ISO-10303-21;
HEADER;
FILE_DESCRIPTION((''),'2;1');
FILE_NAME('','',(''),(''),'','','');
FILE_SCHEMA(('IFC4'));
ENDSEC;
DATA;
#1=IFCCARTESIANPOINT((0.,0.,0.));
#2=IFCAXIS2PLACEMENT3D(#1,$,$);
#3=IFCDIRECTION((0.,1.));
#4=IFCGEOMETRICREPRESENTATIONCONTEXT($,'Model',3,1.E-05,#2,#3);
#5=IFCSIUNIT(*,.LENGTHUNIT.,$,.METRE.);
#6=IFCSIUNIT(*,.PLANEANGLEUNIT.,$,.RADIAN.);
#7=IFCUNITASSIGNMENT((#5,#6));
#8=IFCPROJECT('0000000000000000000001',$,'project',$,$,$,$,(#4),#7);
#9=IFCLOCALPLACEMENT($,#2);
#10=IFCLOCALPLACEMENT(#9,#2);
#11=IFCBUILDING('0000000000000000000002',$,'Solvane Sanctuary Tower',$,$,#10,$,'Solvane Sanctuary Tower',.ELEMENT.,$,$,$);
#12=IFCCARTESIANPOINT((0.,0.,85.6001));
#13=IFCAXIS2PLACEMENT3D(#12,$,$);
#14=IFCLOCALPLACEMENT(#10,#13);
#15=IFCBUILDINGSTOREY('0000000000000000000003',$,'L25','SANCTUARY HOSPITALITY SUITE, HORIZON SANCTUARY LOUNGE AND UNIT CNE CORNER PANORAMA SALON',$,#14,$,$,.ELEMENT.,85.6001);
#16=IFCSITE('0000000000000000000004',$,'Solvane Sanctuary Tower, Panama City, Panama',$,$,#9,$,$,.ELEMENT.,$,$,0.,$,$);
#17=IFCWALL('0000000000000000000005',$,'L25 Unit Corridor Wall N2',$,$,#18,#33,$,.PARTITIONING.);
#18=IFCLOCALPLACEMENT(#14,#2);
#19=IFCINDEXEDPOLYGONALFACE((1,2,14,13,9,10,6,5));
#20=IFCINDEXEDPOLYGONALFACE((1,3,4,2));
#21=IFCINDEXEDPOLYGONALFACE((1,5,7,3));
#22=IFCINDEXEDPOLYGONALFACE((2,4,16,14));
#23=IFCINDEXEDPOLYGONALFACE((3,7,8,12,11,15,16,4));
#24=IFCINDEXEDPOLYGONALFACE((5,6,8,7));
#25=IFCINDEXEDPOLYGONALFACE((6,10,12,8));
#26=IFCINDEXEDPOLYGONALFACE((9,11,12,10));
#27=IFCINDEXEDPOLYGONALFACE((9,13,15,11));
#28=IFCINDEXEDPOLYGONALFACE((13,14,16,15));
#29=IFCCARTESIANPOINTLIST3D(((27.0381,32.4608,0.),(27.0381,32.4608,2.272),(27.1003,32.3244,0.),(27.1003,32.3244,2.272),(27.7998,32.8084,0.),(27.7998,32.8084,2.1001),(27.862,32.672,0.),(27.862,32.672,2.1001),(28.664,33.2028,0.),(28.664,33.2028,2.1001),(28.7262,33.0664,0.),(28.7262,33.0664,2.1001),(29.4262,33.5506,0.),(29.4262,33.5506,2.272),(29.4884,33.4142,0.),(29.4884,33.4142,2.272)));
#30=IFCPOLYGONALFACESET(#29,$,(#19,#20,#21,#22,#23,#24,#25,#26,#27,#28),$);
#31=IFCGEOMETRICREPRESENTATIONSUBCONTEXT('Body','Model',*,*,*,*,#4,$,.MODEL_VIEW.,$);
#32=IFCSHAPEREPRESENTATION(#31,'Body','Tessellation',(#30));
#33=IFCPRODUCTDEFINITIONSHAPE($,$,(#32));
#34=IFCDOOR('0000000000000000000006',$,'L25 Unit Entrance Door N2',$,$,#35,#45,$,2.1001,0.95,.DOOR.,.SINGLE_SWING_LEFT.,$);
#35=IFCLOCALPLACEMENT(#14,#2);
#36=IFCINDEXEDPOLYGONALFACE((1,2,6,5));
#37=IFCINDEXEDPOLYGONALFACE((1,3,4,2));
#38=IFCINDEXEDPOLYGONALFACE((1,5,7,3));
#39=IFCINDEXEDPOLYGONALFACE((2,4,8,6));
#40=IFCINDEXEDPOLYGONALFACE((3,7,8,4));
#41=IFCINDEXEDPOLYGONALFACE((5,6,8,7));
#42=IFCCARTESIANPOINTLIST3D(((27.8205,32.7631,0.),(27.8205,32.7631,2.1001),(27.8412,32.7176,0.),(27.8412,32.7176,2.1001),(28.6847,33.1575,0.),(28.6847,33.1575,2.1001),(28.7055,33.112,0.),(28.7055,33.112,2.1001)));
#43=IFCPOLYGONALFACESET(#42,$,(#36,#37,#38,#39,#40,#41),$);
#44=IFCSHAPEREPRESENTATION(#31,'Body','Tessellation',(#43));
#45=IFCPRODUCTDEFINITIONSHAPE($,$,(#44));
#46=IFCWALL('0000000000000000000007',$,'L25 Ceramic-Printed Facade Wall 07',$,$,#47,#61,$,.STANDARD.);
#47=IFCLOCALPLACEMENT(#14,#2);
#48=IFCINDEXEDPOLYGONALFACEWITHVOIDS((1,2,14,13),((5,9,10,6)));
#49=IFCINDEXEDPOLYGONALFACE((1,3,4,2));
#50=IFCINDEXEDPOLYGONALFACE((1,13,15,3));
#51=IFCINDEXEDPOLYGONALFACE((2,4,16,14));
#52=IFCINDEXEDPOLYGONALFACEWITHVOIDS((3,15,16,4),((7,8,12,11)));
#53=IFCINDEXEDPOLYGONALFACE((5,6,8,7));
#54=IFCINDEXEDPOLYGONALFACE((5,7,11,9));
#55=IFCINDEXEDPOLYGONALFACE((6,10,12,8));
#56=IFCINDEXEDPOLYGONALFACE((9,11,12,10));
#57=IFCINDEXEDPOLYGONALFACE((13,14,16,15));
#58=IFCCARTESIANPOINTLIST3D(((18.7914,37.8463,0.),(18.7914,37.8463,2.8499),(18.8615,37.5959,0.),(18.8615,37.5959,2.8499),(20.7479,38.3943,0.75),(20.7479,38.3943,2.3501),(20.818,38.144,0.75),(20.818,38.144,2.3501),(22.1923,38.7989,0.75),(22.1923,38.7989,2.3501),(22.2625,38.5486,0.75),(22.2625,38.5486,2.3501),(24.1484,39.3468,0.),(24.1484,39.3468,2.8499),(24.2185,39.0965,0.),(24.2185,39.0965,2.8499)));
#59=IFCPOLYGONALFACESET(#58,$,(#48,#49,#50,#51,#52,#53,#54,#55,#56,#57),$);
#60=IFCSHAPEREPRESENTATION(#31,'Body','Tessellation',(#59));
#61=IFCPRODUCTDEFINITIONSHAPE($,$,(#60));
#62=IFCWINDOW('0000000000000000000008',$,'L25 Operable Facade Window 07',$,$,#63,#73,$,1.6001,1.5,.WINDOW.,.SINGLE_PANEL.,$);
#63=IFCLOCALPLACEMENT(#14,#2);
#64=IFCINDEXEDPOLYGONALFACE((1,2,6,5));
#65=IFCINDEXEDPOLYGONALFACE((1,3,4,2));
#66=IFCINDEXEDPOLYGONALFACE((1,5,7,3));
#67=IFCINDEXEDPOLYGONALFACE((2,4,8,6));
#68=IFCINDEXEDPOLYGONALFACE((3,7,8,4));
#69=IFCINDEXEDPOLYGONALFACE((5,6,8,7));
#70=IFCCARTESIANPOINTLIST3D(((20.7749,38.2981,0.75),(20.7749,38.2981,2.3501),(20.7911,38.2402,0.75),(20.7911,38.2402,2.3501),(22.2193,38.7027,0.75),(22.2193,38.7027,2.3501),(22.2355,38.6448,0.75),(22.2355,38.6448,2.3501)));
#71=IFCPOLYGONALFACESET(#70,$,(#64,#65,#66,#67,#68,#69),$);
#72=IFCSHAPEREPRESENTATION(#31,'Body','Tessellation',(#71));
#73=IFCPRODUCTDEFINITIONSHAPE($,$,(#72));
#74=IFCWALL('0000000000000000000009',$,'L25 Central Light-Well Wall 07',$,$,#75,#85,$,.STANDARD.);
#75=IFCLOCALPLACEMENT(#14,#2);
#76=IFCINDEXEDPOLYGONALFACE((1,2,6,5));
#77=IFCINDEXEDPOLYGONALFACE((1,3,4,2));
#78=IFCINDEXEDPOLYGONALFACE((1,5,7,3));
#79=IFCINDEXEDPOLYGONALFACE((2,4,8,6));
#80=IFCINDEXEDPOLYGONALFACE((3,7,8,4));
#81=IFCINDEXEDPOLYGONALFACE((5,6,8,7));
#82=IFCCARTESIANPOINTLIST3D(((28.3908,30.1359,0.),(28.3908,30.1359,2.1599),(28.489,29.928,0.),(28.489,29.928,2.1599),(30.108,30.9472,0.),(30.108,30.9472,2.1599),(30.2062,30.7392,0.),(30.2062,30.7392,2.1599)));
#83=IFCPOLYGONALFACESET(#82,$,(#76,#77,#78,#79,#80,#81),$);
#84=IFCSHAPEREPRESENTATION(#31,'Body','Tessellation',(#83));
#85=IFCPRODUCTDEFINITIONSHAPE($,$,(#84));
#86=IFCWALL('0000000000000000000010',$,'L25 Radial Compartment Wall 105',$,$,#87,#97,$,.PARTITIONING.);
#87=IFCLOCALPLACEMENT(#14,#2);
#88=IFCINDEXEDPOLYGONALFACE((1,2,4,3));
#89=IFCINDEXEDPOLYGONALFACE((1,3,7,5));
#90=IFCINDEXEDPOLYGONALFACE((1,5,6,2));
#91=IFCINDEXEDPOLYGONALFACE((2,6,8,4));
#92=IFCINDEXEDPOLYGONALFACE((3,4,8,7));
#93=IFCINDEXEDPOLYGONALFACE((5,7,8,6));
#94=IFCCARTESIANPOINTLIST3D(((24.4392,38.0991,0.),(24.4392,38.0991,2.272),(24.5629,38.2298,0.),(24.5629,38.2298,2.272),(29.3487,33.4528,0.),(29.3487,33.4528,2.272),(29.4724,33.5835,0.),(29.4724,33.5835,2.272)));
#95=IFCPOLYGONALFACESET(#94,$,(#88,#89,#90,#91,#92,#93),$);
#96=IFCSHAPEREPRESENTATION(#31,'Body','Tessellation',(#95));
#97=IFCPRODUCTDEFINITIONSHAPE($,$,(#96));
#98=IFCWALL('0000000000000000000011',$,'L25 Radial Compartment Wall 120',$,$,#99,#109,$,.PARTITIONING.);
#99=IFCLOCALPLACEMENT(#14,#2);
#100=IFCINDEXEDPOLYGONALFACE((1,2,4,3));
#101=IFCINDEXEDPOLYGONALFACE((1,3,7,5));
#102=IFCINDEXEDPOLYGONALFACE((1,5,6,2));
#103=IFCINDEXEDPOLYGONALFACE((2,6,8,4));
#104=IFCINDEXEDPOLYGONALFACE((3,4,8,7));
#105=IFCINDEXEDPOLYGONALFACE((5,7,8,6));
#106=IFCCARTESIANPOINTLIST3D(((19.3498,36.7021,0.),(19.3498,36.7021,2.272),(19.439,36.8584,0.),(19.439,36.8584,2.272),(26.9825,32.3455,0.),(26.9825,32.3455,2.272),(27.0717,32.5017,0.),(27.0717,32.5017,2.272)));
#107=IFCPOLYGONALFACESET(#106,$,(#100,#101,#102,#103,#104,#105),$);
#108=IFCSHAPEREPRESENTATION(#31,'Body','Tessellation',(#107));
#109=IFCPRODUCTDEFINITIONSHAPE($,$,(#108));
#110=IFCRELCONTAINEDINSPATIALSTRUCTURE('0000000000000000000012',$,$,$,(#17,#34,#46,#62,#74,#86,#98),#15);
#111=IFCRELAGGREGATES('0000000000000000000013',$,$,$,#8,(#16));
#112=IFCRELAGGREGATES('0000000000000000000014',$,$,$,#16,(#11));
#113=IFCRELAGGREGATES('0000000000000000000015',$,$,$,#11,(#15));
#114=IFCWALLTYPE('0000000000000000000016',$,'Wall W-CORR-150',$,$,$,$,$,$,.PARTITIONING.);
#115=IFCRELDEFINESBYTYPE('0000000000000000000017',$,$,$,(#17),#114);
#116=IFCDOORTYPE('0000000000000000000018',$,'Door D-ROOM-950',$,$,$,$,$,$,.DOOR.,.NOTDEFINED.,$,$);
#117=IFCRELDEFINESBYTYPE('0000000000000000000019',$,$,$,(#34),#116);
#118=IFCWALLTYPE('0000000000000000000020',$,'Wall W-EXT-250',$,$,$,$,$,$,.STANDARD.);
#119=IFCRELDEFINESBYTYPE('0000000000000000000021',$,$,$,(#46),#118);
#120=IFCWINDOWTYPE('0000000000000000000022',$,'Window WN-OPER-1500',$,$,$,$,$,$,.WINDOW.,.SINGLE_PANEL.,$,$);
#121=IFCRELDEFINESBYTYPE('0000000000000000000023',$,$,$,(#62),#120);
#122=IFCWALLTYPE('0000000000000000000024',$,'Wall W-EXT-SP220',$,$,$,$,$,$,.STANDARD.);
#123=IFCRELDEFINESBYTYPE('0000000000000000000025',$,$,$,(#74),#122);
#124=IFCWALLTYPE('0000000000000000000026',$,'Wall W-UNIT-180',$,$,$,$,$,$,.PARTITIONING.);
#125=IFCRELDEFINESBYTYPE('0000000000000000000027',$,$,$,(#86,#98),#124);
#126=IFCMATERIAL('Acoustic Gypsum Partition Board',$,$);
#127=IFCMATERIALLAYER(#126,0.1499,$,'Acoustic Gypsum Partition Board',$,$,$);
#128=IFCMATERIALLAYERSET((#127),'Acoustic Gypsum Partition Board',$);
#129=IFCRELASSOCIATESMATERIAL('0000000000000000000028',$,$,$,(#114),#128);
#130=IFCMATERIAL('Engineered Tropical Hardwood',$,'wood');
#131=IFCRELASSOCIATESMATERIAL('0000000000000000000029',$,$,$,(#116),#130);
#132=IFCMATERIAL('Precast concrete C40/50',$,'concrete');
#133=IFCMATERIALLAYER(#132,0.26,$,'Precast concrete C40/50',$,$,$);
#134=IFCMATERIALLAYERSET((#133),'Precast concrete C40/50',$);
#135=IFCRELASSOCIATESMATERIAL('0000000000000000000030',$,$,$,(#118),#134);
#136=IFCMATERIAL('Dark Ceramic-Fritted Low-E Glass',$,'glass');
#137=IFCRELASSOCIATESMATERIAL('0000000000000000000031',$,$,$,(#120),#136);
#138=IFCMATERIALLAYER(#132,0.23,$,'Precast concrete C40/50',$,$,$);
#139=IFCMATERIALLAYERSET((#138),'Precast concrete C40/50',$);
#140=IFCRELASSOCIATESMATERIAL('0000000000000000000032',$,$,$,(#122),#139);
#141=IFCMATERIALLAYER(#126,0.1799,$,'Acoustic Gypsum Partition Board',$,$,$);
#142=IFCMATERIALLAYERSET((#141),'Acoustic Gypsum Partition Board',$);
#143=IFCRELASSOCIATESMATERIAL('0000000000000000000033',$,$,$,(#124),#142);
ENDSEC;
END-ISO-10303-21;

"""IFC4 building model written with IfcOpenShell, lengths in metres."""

from ifc_helpers import new_model, si_unit, direction, frame, frame_2d, origin, place, context, subcontext, project, spatial, rectangle, extrude, material, layer, layer_set, type_object, element, fill, save


model = new_model("IFC4")

# Units and contexts
model_context = context("Model", 3, precision=1e-05, world=origin(), true_north=direction((0.0, 1.0)))
body_context = subcontext(model_context, "Body", "Model", "MODEL_VIEW")
ifc_project = project(units=[si_unit("LENGTHUNIT", "METRE"), si_unit("PLANEANGLEUNIT", "RADIAN")], contexts=[model_context])

# Site, building, storey
site_placement = place(None, origin())
site = spatial("IfcSite", under=ifc_project, at=site_placement, Name="Solvane Sanctuary Tower, Panama City, Panama", CompositionType="ELEMENT", RefElevation=0.0)
building_placement = place(site_placement, origin())
building = spatial("IfcBuilding", under=site, at=building_placement, Name="Solvane Sanctuary Tower", LongName="Solvane Sanctuary Tower", CompositionType="ELEMENT")
storey_placement = place(building_placement, frame((0.0, 0.0, 85.6001)))
storey = spatial("IfcBuildingStorey", under=building, at=storey_placement, Name="L25", Description="SANCTUARY HOSPITALITY SUITE, HORIZON SANCTUARY LOUNGE AND UNIT CNE CORNER PANORAMA SALON", CompositionType="ELEMENT", Elevation=85.6001)

# Shared definitions
ifc_material_1 = material(Name="Acoustic Gypsum Partition Board")
ifc_layer_1 = layer(ifc_material_1, 0.1499, Name="Acoustic Gypsum Partition Board")
ifc_layer_set_1 = layer_set([ifc_layer_1], Name="Acoustic Gypsum Partition Board")
wall_type_1 = type_object("IfcWallType", Name="Wall W-CORR-150", PredefinedType="PARTITIONING", material=ifc_layer_set_1)

# Wall, opening, door
wall_1_placement = place(storey_placement, frame((29.4573, 33.4824, 0.0), z_axis=(0.0, 0.0, 1.0), x_axis=(-0.909748, -0.415162, 0.0)))
wall_1 = element("IfcWall", 1, at=wall_1_placement, inside=storey, type_object=wall_type_1, Name="L25 Unit Corridor Wall N2", PredefinedType="PARTITIONING", context=body_context, shape_type="SweptSolid", body=[
    extrude(rectangle(XDim=2.625, YDim=0.1499, at=frame_2d((1.3125, 0.0))), origin(), (0.0, 0.0, 1.0), 2.272),
])
opening_1_placement = place(wall_1_placement, frame((0.8376, 0.0, 0.0)))
opening_1 = element("IfcOpeningElement", 2, at=opening_1_placement, cuts=wall_1, PredefinedType="OPENING", context=body_context, shape_type="SweptSolid", body=[
    extrude(rectangle(XDim=0.95, YDim=2.1001, at=frame_2d((0.4751, 1.05))), frame((0.0, 0.085, 0.0), z_axis=(0.0, -1.0, 0.0), x_axis=(1.0, 0.0, 0.0)), (0.0, 0.0, 1.0), 0.1699),
])
ifc_material_2 = material(Name="Engineered Tropical Hardwood", Category="wood")
door_type = type_object("IfcDoorType", Name="Door D-ROOM-950", OperationType="NOTDEFINED", PredefinedType="DOOR", material=ifc_material_2)
door_placement = place(opening_1_placement, origin())
door = element("IfcDoor", 3, at=door_placement, inside=storey, type_object=door_type, Name="L25 Unit Entrance Door N2", OperationType="SINGLE_SWING_LEFT", OverallHeight=2.1001, OverallWidth=0.95, PredefinedType="DOOR", context=body_context, shape_type="SweptSolid", body=[
    extrude(rectangle(XDim=0.95, YDim=2.1001, at=frame_2d((0.4751, 1.05))), frame((0.0, 0.0249, 0.0), z_axis=(0.0, -1.0, 0.0), x_axis=(1.0, 0.0, 0.0)), (0.0, 0.0, 1.0), 0.05),
])
fill(opening_1, door)

# Wall, opening, window
ifc_material_3 = material(Name="Precast concrete C40/50", Category="concrete")
ifc_layer_2 = layer(ifc_material_3, 0.26, Name="Precast concrete C40/50")
ifc_layer_set_2 = layer_set([ifc_layer_2], Name="Precast concrete C40/50")
wall_type_2 = type_object("IfcWallType", Name="Wall W-EXT-250", PredefinedType="STANDARD", material=ifc_layer_set_2)
wall_2_placement = place(storey_placement, frame((24.1836, 39.2217, 0.0), z_axis=(0.0, 0.0, 1.0), x_axis=(-0.962938, -0.269721, 0.0)))
wall_2 = element("IfcWall", 4, at=wall_2_placement, inside=storey, type_object=wall_type_2, Name="L25 Ceramic-Printed Facade Wall 07", PredefinedType="STANDARD", context=body_context, shape_type="SweptSolid", body=[
    extrude(rectangle(XDim=5.5632, YDim=0.26, at=frame_2d((2.7817, 0.0))), origin(), (0.0, 0.0, 1.0), 2.8499),
])
opening_2_placement = place(wall_2_placement, frame((2.0315, 0.0, 0.75)))
opening_2 = element("IfcOpeningElement", 5, at=opening_2_placement, cuts=wall_2, PredefinedType="OPENING", context=body_context, shape_type="SweptSolid", body=[
    extrude(rectangle(XDim=1.5, YDim=1.6001, at=frame_2d((0.75, 0.8))), frame((0.0, 0.1399, 0.0), z_axis=(0.0, -1.0, 0.0), x_axis=(1.0, 0.0, 0.0)), (0.0, 0.0, 1.0), 0.28),
])
ifc_material_4 = material(Name="Dark Ceramic-Fritted Low-E Glass", Category="glass")
window_type = type_object("IfcWindowType", Name="Window WN-OPER-1500", PartitioningType="SINGLE_PANEL", PredefinedType="WINDOW", material=ifc_material_4)
window_placement = place(opening_2_placement, origin())
window = element("IfcWindow", 6, at=window_placement, inside=storey, type_object=window_type, Name="L25 Operable Facade Window 07", OverallHeight=1.6001, OverallWidth=1.5, PartitioningType="SINGLE_PANEL", PredefinedType="WINDOW", context=body_context, shape_type="SweptSolid", body=[
    extrude(rectangle(XDim=1.5, YDim=1.6001, at=frame_2d((0.75, 0.8))), frame((0.0, 0.03, 0.0), z_axis=(0.0, -1.0, 0.0), x_axis=(1.0, 0.0, 0.0)), (0.0, 0.0, 1.0), 0.0601),
])
fill(opening_2, window)

# Walls
ifc_layer_3 = layer(ifc_material_3, 0.23, Name="Precast concrete C40/50")
ifc_layer_set_3 = layer_set([ifc_layer_3], Name="Precast concrete C40/50")
wall_type_3 = type_object("IfcWallType", Name="Wall W-EXT-SP220", PredefinedType="STANDARD", material=ifc_layer_set_3)
wall_3_placement = place(storey_placement, frame((30.1572, 30.8433, 0.0), z_axis=(0.0, 0.0, 1.0), x_axis=(-0.90418, -0.427152, 0.0)))
element("IfcWall", 7, at=wall_3_placement, inside=storey, type_object=wall_type_3, Name="L25 Central Light-Well Wall 07", PredefinedType="STANDARD", context=body_context, shape_type="SweptSolid", body=[
    extrude(rectangle(XDim=1.8992, YDim=0.23, at=frame_2d((0.9497, 0.0))), origin(), (0.0, 0.0, 1.0), 2.1599),
])
ifc_layer_4 = layer(ifc_material_1, 0.1799, Name="Acoustic Gypsum Partition Board")
ifc_layer_set_4 = layer_set([ifc_layer_4], Name="Acoustic Gypsum Partition Board")
wall_type_4 = type_object("IfcWallType", Name="Wall W-UNIT-180", PredefinedType="PARTITIONING", material=ifc_layer_set_4)
wall_4_placement = place(storey_placement, frame((29.4106, 33.5181, 0.0), z_axis=(0.0, 0.0, 1.0), x_axis=(-0.726307, 0.687371, 0.0)))
element("IfcWall", 8, at=wall_4_placement, inside=storey, type_object=wall_type_4, Name="L25 Radial Compartment Wall 105", PredefinedType="PARTITIONING", context=body_context, shape_type="SweptSolid", body=[
    extrude(rectangle(XDim=6.7595, YDim=0.1799, at=frame_2d((3.3799, 0.0))), origin(), (0.0, 0.0, 1.0), 2.272),
])
wall_5_placement = place(storey_placement, frame((27.0271, 32.4236, 0.0), z_axis=(0.0, 0.0, 1.0), x_axis=(-0.868484, 0.495717, 0.0)))
element("IfcWall", 9, at=wall_5_placement, inside=storey, type_object=wall_type_4, Name="L25 Radial Compartment Wall 120", PredefinedType="PARTITIONING", context=body_context, shape_type="SweptSolid", body=[
    extrude(rectangle(XDim=8.7886, YDim=0.1799, at=frame_2d((4.3943, 0.0))), origin(), (0.0, 0.0, 1.0), 2.272),
])

save(model, "model.ifc")
